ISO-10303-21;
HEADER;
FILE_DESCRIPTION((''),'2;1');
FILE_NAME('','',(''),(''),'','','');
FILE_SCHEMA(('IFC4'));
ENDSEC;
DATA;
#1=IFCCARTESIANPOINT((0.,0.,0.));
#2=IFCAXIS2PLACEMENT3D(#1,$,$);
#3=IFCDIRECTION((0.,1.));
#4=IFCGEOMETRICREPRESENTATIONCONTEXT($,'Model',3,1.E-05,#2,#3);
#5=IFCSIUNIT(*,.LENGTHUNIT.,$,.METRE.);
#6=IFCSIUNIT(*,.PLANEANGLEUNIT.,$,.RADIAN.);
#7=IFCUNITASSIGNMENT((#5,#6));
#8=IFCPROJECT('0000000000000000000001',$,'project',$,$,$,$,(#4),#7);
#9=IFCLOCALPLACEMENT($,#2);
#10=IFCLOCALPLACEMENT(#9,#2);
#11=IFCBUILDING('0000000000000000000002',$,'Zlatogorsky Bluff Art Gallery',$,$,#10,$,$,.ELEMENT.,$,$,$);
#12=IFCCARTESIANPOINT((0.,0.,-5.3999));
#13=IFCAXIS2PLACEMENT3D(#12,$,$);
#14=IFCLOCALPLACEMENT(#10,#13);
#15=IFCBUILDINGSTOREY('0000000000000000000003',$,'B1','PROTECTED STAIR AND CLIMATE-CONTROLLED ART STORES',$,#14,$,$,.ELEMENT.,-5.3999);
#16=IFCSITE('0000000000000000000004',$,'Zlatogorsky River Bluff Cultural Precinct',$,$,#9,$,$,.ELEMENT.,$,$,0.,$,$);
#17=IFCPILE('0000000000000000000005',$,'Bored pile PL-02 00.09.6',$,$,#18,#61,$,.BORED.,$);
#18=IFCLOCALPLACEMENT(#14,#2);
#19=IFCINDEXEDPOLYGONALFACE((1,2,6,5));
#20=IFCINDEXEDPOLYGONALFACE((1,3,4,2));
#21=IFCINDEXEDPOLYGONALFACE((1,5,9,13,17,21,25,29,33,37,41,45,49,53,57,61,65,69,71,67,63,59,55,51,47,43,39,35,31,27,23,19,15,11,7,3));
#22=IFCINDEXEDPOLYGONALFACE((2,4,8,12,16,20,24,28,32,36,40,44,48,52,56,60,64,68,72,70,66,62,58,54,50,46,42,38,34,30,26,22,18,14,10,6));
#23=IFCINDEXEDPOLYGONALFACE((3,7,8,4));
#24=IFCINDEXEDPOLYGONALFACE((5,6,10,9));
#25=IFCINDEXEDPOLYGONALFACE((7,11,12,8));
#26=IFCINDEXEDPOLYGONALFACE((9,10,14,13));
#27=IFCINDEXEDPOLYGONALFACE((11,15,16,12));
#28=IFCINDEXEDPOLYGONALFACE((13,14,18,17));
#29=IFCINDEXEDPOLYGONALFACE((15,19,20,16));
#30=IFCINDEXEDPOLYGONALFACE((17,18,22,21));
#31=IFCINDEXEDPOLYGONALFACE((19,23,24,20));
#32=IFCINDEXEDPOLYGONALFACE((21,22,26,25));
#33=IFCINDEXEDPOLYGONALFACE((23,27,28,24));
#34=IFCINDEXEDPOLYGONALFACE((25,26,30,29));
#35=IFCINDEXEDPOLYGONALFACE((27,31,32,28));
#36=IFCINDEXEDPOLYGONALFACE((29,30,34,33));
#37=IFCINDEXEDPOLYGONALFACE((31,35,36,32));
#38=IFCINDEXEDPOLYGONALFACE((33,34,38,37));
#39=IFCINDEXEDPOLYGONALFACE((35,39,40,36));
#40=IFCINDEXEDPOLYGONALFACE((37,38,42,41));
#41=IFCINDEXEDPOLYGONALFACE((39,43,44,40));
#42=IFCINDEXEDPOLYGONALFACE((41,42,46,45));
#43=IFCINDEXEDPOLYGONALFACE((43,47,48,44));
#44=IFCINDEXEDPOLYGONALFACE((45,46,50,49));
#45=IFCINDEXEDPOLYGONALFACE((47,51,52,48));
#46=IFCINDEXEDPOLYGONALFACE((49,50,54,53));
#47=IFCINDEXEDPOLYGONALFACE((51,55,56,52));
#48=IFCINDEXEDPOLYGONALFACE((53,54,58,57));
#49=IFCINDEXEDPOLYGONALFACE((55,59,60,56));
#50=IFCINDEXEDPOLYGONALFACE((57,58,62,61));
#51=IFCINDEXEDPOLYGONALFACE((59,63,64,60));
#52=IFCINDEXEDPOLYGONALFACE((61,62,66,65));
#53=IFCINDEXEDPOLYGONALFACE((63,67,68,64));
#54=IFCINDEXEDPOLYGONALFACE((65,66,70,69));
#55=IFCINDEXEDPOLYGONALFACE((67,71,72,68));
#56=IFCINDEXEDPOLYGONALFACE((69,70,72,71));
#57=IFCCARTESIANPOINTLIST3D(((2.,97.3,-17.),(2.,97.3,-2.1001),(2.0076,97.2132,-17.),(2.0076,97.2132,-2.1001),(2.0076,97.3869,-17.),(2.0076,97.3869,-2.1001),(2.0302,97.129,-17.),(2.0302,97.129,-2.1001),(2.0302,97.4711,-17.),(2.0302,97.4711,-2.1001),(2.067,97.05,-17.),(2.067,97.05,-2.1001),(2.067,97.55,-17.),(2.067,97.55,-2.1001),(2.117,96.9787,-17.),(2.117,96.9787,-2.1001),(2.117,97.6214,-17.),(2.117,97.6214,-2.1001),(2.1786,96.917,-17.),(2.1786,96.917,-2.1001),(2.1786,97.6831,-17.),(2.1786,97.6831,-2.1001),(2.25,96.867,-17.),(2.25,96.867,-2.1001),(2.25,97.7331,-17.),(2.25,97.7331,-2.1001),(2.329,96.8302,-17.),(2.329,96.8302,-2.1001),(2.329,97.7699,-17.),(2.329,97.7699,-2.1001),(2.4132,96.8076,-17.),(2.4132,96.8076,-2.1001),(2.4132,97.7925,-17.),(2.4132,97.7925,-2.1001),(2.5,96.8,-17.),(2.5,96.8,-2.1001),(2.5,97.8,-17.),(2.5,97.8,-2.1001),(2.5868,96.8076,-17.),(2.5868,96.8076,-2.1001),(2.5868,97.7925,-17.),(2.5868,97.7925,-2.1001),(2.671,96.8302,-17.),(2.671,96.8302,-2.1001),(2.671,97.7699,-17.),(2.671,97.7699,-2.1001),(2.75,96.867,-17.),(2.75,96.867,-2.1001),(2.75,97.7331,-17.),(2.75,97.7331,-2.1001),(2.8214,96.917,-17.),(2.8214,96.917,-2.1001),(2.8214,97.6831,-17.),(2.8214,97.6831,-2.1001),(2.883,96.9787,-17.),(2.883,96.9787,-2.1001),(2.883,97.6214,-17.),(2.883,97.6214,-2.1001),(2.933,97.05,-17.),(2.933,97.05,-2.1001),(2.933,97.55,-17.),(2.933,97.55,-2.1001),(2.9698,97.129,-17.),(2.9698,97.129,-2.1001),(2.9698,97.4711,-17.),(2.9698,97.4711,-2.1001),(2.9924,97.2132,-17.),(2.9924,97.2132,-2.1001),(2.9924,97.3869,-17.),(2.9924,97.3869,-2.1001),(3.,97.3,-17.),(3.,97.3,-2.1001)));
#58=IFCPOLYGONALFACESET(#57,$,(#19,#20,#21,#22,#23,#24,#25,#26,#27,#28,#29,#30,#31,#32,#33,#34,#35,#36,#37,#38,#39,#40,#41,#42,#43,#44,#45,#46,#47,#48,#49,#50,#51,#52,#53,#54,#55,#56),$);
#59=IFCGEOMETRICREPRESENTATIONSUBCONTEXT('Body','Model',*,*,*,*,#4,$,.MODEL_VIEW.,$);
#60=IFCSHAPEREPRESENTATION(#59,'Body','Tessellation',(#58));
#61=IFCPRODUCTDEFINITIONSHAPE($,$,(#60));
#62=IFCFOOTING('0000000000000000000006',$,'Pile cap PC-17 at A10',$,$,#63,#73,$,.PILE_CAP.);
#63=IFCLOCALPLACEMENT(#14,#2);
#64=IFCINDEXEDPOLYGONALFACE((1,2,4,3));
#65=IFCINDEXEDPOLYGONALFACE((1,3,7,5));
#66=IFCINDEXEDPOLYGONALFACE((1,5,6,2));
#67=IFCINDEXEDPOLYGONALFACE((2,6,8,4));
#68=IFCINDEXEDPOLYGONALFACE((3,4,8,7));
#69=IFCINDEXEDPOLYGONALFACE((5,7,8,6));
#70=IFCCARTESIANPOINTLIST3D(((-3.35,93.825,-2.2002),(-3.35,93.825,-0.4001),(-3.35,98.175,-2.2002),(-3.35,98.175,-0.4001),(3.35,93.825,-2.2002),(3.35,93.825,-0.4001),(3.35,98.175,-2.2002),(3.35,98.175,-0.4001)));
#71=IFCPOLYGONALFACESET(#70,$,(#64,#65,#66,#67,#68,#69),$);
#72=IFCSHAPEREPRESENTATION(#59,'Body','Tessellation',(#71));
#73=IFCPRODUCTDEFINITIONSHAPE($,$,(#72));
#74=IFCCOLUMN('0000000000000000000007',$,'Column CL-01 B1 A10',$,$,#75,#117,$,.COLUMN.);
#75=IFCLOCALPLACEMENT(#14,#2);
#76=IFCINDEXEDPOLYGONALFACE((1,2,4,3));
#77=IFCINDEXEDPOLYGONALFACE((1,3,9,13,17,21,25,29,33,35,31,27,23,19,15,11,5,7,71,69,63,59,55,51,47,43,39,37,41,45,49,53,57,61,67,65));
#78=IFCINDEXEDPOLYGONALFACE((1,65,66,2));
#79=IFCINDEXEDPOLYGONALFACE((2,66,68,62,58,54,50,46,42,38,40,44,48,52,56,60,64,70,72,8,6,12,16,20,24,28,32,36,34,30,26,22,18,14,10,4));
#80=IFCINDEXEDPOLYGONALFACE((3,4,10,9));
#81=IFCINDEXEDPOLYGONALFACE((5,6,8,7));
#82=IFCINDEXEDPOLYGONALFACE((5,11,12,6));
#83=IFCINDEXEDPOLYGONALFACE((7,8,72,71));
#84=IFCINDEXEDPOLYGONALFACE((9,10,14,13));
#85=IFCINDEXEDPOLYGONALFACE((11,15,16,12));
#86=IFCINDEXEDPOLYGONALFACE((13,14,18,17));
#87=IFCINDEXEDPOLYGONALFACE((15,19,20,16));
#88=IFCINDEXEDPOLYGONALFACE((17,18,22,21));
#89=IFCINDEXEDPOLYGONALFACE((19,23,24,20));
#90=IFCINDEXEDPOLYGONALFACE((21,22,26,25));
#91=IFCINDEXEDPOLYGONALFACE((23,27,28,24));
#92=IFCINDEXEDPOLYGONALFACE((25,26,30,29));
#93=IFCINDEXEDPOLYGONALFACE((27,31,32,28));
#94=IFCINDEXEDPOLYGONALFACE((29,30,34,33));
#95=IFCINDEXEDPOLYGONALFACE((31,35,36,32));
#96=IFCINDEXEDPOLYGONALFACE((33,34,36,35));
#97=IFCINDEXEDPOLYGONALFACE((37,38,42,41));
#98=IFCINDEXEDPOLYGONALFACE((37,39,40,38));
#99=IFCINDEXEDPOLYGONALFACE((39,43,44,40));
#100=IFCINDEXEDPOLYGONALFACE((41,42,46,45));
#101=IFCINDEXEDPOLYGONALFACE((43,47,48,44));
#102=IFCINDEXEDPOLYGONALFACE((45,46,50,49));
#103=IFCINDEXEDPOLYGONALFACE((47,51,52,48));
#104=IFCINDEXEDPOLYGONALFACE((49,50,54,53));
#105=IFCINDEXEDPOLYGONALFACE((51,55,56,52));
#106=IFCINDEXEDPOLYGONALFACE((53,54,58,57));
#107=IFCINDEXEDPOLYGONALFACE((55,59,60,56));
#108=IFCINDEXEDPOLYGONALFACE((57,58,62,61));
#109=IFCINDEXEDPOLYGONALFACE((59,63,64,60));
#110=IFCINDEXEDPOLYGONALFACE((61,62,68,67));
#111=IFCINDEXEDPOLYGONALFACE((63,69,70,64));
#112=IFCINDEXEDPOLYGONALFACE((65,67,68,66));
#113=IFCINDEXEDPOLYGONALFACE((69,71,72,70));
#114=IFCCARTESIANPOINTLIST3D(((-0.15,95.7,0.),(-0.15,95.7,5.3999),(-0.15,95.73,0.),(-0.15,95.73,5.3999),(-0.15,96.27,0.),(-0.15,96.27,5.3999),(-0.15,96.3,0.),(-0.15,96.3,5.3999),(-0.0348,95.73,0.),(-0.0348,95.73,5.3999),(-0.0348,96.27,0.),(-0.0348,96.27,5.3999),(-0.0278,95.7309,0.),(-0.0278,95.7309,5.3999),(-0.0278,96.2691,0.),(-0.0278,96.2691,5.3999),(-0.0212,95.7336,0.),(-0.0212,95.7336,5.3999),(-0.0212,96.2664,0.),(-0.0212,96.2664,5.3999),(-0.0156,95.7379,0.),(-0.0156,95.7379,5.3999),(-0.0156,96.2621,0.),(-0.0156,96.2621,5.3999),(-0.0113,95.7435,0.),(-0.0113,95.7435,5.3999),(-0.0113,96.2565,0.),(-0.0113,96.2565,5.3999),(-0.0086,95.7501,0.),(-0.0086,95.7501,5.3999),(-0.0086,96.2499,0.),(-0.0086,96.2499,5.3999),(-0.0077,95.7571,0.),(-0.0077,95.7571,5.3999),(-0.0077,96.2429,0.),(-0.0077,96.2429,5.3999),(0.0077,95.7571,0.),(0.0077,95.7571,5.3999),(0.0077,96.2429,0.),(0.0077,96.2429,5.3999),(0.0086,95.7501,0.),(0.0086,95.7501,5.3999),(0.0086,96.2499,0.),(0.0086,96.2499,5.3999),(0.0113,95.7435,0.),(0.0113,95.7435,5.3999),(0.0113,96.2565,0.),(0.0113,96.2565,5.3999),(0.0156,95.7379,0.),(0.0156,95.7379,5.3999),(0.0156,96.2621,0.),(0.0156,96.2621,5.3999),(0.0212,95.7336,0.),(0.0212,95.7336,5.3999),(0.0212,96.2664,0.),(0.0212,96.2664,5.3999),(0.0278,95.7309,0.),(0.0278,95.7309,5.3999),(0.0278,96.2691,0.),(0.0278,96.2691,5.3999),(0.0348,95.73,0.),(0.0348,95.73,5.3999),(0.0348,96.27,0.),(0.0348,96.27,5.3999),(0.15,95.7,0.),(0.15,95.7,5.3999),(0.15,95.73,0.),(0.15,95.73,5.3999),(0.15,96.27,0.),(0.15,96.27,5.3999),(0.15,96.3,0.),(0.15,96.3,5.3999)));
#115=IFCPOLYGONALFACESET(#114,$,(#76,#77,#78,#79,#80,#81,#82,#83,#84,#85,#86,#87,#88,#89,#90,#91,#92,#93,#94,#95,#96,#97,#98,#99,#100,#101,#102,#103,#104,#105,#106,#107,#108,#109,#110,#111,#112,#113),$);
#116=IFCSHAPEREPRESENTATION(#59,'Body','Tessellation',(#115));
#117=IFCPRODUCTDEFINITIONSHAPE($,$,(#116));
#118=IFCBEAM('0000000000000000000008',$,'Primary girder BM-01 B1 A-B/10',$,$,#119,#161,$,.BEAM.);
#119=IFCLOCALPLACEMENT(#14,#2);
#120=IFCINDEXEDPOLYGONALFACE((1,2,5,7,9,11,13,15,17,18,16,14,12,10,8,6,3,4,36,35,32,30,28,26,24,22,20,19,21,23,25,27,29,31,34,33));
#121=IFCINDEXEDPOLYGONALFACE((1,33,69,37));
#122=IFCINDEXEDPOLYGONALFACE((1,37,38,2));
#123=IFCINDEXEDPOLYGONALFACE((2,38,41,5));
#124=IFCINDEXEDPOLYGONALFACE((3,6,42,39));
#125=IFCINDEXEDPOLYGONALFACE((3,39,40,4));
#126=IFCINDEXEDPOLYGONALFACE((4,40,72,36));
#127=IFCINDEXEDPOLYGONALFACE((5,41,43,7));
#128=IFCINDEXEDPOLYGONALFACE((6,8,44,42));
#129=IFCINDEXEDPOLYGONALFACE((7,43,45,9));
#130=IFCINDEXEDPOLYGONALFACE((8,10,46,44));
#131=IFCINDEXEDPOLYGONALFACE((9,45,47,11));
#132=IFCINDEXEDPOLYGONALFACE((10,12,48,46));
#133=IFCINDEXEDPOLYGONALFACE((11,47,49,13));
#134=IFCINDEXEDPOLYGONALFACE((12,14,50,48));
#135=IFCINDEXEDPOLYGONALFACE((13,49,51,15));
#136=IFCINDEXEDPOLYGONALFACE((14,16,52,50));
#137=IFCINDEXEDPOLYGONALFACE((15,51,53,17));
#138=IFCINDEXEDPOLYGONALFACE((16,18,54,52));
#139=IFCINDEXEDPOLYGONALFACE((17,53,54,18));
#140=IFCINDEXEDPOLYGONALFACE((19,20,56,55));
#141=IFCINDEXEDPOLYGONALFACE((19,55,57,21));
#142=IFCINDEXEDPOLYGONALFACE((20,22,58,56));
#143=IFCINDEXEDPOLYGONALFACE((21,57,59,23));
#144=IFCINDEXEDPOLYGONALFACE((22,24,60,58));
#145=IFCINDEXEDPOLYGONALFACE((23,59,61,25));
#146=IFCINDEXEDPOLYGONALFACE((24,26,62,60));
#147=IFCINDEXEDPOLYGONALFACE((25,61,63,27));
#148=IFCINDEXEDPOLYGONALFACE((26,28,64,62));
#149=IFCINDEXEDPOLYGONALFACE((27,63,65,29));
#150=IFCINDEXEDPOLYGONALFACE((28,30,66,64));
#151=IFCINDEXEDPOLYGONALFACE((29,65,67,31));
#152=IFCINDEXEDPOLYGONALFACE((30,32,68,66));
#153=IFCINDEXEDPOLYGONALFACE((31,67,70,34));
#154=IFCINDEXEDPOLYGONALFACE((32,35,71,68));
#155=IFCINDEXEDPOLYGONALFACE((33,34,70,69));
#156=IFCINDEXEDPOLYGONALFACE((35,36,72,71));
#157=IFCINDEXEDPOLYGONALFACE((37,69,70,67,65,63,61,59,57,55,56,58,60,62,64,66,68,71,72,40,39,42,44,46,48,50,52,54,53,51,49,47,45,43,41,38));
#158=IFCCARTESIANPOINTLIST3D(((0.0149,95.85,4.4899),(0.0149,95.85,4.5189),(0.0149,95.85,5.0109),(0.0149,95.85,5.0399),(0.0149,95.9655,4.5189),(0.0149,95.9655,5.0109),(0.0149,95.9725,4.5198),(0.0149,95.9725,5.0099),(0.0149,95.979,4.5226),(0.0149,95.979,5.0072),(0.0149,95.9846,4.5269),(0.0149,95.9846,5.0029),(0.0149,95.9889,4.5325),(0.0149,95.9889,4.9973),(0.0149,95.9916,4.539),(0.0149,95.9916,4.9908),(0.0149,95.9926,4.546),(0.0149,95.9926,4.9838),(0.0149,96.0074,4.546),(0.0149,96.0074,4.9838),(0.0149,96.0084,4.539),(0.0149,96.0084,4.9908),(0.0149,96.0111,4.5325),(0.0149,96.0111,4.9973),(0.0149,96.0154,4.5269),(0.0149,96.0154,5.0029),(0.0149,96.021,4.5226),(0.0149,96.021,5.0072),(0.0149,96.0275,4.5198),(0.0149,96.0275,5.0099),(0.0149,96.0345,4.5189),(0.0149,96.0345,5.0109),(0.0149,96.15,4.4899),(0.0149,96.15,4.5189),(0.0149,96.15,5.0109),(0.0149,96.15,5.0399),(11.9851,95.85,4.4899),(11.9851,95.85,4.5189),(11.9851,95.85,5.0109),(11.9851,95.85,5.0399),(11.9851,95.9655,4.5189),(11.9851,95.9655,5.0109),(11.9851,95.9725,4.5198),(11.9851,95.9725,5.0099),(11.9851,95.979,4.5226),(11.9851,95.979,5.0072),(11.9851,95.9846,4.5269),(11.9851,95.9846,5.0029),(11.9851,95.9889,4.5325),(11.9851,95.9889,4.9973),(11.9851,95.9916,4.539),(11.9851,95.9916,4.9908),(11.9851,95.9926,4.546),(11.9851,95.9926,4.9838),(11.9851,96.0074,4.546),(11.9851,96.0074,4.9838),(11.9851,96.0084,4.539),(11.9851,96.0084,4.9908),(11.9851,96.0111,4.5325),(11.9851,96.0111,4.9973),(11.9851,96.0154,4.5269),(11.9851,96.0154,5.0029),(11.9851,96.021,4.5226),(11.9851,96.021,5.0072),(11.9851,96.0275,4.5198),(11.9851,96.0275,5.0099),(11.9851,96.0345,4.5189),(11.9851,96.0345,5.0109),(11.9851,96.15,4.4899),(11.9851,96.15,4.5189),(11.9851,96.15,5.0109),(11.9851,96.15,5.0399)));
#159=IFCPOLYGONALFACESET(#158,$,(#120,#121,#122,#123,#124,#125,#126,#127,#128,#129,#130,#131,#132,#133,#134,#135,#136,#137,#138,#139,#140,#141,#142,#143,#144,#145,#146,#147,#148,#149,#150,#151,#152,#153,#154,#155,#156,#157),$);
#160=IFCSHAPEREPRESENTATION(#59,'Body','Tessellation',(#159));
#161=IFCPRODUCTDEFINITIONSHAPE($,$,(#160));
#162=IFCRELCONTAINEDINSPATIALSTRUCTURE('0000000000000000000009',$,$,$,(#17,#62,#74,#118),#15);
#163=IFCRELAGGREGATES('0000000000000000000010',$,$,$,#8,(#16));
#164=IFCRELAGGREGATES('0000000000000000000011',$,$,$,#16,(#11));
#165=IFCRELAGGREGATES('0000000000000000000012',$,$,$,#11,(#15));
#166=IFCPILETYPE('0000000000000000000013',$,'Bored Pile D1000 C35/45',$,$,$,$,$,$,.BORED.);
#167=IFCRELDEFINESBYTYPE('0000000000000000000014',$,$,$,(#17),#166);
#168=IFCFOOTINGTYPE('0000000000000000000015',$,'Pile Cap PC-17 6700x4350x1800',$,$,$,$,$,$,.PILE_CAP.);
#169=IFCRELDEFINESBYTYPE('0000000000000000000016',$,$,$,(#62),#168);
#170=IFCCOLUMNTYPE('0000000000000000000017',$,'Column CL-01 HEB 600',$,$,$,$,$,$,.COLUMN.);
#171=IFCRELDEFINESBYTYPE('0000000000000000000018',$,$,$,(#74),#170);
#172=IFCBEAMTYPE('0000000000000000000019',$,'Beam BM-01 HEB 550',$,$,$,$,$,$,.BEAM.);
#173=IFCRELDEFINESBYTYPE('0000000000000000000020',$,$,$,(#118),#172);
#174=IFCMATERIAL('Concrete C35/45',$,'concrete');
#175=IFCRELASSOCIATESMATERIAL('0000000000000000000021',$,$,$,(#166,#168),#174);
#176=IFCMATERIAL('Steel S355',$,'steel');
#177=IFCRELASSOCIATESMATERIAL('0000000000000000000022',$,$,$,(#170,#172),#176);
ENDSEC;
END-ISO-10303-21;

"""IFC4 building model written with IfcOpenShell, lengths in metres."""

from ifc_helpers import new_model, si_unit, direction, frame, origin, origin_2d, place, context, subcontext, project, spatial, rectangle, circle, i_section, extrude, material, material_profile, profile_set, type_object, element, save


model = new_model("IFC4")

# Units and contexts
model_context = context("Model", 3, precision=1e-05, world=origin(), true_north=direction((0.0, 1.0)))
body_context = subcontext(model_context, "Body", "Model", "MODEL_VIEW")
ifc_project = project(units=[si_unit("LENGTHUNIT", "METRE"), si_unit("PLANEANGLEUNIT", "RADIAN")], contexts=[model_context])

# Site, building, storey
site_placement = place(None, origin())
site = spatial("IfcSite", under=ifc_project, at=site_placement, Name="Zlatogorsky River Bluff Cultural Precinct", CompositionType="ELEMENT", RefElevation=0.0)
building_placement = place(site_placement, origin())
building = spatial("IfcBuilding", under=site, at=building_placement, Name="Zlatogorsky Bluff Art Gallery", CompositionType="ELEMENT")
storey_placement = place(building_placement, frame((0.0, 0.0, -5.3999)))
storey = spatial("IfcBuildingStorey", under=building, at=storey_placement, Name="B1", Description="PROTECTED STAIR AND CLIMATE-CONTROLLED ART STORES", CompositionType="ELEMENT", Elevation=-5.3999)

# Pile
ifc_material_1 = material(Name="Concrete C35/45", Category="concrete")
ifc_material_profile_1 = material_profile(ifc_material_1, circle(Radius=0.5, at=origin_2d()), Name="BORED PILE D1000")
ifc_profile_set_1 = profile_set([ifc_material_profile_1], Name="Concrete C35/45")
pile_type = type_object("IfcPileType", Name="Bored Pile D1000 C35/45", PredefinedType="BORED", material=ifc_profile_set_1)
for number, where, z_axis, x_axis, name in (
    (1, (2.5, 97.3, -2.1001), (0.0, 0.0, -1.0), (1.0, 0.0, 0.0), "Bored pile PL-02 00.09.6"),
):
    element("IfcPile", number, at=place(storey_placement, frame(where, z_axis=z_axis, x_axis=x_axis)), inside=storey, type_object=pile_type, Name=name, PredefinedType="BORED", context=body_context, shape_type="SweptSolid", body=[
        extrude(circle(Radius=0.5, at=origin_2d()), origin(), (0.0, 0.0, 1.0), 14.8999),
    ])

# Footing
footing_type = type_object("IfcFootingType", Name="Pile Cap PC-17 6700x4350x1800", PredefinedType="PILE_CAP", material=ifc_material_1)
footing_placement = place(storey_placement, frame((0.0, 96.0, -2.2002), z_axis=(0.0, 0.0, 1.0), x_axis=(1.0, 0.0, 0.0)))
element("IfcFooting", 2, at=footing_placement, inside=storey, type_object=footing_type, Name="Pile cap PC-17 at A10", PredefinedType="PILE_CAP", context=body_context, shape_type="SweptSolid", body=[
    extrude(rectangle(XDim=6.7, YDim=4.3501, at=origin_2d()), origin(), (0.0, 0.0, 1.0), 1.8),
])

# Column
ifc_material_2 = material(Name="Steel S355", Category="steel")
ifc_material_profile_2 = material_profile(ifc_material_2, i_section(OverallWidth=0.3, OverallDepth=0.6001, WebThickness=0.0154, FlangeThickness=0.03, FilletRadius=0.0271, at=origin_2d()), Name="HEB 600")
ifc_profile_set_2 = profile_set([ifc_material_profile_2], Name="Steel S355")
column_type = type_object("IfcColumnType", Name="Column CL-01 HEB 600", PredefinedType="COLUMN", material=ifc_profile_set_2)
column_placement = place(storey_placement, frame((0.0, 96.0, 0.0), z_axis=(0.0, 0.0, 1.0), x_axis=(1.0, 0.0, 0.0)))
element("IfcColumn", 3, at=column_placement, inside=storey, type_object=column_type, Name="Column CL-01 B1 A10", PredefinedType="COLUMN", context=body_context, shape_type="SweptSolid", body=[
    extrude(i_section(OverallWidth=0.3, OverallDepth=0.6001, WebThickness=0.0154, FlangeThickness=0.03, FilletRadius=0.0271, at=origin_2d()), origin(), (0.0, 0.0, 1.0), 5.3999),
])

# Beam
ifc_material_profile_3 = material_profile(ifc_material_2, i_section(OverallWidth=0.3, OverallDepth=0.55, WebThickness=0.0149, FlangeThickness=0.0291, FilletRadius=0.0271, at=origin_2d()), Name="HEB 550")
ifc_profile_set_3 = profile_set([ifc_material_profile_3], Name="Steel S355")
beam_type_1 = type_object("IfcBeamType", Name="Beam BM-01 HEB 550", PredefinedType="BEAM", material=ifc_profile_set_3)
beam_placement = place(storey_placement, frame((0.0149, 96.0, 4.7649), z_axis=(1.0, 0.0, 0.0), x_axis=(0.0, 1.0, 0.0)))
element("IfcBeam", 4, at=beam_placement, inside=storey, type_object=beam_type_1, Name="Primary girder BM-01 B1 A-B/10", PredefinedType="BEAM", context=body_context, shape_type="SweptSolid", body=[
    extrude(i_section(OverallWidth=0.3, OverallDepth=0.55, WebThickness=0.0149, FlangeThickness=0.0291, FilletRadius=0.0271, at=origin_2d()), origin(), (0.0, 0.0, 1.0), 11.9702),
])

save(model, "model.ifc")
